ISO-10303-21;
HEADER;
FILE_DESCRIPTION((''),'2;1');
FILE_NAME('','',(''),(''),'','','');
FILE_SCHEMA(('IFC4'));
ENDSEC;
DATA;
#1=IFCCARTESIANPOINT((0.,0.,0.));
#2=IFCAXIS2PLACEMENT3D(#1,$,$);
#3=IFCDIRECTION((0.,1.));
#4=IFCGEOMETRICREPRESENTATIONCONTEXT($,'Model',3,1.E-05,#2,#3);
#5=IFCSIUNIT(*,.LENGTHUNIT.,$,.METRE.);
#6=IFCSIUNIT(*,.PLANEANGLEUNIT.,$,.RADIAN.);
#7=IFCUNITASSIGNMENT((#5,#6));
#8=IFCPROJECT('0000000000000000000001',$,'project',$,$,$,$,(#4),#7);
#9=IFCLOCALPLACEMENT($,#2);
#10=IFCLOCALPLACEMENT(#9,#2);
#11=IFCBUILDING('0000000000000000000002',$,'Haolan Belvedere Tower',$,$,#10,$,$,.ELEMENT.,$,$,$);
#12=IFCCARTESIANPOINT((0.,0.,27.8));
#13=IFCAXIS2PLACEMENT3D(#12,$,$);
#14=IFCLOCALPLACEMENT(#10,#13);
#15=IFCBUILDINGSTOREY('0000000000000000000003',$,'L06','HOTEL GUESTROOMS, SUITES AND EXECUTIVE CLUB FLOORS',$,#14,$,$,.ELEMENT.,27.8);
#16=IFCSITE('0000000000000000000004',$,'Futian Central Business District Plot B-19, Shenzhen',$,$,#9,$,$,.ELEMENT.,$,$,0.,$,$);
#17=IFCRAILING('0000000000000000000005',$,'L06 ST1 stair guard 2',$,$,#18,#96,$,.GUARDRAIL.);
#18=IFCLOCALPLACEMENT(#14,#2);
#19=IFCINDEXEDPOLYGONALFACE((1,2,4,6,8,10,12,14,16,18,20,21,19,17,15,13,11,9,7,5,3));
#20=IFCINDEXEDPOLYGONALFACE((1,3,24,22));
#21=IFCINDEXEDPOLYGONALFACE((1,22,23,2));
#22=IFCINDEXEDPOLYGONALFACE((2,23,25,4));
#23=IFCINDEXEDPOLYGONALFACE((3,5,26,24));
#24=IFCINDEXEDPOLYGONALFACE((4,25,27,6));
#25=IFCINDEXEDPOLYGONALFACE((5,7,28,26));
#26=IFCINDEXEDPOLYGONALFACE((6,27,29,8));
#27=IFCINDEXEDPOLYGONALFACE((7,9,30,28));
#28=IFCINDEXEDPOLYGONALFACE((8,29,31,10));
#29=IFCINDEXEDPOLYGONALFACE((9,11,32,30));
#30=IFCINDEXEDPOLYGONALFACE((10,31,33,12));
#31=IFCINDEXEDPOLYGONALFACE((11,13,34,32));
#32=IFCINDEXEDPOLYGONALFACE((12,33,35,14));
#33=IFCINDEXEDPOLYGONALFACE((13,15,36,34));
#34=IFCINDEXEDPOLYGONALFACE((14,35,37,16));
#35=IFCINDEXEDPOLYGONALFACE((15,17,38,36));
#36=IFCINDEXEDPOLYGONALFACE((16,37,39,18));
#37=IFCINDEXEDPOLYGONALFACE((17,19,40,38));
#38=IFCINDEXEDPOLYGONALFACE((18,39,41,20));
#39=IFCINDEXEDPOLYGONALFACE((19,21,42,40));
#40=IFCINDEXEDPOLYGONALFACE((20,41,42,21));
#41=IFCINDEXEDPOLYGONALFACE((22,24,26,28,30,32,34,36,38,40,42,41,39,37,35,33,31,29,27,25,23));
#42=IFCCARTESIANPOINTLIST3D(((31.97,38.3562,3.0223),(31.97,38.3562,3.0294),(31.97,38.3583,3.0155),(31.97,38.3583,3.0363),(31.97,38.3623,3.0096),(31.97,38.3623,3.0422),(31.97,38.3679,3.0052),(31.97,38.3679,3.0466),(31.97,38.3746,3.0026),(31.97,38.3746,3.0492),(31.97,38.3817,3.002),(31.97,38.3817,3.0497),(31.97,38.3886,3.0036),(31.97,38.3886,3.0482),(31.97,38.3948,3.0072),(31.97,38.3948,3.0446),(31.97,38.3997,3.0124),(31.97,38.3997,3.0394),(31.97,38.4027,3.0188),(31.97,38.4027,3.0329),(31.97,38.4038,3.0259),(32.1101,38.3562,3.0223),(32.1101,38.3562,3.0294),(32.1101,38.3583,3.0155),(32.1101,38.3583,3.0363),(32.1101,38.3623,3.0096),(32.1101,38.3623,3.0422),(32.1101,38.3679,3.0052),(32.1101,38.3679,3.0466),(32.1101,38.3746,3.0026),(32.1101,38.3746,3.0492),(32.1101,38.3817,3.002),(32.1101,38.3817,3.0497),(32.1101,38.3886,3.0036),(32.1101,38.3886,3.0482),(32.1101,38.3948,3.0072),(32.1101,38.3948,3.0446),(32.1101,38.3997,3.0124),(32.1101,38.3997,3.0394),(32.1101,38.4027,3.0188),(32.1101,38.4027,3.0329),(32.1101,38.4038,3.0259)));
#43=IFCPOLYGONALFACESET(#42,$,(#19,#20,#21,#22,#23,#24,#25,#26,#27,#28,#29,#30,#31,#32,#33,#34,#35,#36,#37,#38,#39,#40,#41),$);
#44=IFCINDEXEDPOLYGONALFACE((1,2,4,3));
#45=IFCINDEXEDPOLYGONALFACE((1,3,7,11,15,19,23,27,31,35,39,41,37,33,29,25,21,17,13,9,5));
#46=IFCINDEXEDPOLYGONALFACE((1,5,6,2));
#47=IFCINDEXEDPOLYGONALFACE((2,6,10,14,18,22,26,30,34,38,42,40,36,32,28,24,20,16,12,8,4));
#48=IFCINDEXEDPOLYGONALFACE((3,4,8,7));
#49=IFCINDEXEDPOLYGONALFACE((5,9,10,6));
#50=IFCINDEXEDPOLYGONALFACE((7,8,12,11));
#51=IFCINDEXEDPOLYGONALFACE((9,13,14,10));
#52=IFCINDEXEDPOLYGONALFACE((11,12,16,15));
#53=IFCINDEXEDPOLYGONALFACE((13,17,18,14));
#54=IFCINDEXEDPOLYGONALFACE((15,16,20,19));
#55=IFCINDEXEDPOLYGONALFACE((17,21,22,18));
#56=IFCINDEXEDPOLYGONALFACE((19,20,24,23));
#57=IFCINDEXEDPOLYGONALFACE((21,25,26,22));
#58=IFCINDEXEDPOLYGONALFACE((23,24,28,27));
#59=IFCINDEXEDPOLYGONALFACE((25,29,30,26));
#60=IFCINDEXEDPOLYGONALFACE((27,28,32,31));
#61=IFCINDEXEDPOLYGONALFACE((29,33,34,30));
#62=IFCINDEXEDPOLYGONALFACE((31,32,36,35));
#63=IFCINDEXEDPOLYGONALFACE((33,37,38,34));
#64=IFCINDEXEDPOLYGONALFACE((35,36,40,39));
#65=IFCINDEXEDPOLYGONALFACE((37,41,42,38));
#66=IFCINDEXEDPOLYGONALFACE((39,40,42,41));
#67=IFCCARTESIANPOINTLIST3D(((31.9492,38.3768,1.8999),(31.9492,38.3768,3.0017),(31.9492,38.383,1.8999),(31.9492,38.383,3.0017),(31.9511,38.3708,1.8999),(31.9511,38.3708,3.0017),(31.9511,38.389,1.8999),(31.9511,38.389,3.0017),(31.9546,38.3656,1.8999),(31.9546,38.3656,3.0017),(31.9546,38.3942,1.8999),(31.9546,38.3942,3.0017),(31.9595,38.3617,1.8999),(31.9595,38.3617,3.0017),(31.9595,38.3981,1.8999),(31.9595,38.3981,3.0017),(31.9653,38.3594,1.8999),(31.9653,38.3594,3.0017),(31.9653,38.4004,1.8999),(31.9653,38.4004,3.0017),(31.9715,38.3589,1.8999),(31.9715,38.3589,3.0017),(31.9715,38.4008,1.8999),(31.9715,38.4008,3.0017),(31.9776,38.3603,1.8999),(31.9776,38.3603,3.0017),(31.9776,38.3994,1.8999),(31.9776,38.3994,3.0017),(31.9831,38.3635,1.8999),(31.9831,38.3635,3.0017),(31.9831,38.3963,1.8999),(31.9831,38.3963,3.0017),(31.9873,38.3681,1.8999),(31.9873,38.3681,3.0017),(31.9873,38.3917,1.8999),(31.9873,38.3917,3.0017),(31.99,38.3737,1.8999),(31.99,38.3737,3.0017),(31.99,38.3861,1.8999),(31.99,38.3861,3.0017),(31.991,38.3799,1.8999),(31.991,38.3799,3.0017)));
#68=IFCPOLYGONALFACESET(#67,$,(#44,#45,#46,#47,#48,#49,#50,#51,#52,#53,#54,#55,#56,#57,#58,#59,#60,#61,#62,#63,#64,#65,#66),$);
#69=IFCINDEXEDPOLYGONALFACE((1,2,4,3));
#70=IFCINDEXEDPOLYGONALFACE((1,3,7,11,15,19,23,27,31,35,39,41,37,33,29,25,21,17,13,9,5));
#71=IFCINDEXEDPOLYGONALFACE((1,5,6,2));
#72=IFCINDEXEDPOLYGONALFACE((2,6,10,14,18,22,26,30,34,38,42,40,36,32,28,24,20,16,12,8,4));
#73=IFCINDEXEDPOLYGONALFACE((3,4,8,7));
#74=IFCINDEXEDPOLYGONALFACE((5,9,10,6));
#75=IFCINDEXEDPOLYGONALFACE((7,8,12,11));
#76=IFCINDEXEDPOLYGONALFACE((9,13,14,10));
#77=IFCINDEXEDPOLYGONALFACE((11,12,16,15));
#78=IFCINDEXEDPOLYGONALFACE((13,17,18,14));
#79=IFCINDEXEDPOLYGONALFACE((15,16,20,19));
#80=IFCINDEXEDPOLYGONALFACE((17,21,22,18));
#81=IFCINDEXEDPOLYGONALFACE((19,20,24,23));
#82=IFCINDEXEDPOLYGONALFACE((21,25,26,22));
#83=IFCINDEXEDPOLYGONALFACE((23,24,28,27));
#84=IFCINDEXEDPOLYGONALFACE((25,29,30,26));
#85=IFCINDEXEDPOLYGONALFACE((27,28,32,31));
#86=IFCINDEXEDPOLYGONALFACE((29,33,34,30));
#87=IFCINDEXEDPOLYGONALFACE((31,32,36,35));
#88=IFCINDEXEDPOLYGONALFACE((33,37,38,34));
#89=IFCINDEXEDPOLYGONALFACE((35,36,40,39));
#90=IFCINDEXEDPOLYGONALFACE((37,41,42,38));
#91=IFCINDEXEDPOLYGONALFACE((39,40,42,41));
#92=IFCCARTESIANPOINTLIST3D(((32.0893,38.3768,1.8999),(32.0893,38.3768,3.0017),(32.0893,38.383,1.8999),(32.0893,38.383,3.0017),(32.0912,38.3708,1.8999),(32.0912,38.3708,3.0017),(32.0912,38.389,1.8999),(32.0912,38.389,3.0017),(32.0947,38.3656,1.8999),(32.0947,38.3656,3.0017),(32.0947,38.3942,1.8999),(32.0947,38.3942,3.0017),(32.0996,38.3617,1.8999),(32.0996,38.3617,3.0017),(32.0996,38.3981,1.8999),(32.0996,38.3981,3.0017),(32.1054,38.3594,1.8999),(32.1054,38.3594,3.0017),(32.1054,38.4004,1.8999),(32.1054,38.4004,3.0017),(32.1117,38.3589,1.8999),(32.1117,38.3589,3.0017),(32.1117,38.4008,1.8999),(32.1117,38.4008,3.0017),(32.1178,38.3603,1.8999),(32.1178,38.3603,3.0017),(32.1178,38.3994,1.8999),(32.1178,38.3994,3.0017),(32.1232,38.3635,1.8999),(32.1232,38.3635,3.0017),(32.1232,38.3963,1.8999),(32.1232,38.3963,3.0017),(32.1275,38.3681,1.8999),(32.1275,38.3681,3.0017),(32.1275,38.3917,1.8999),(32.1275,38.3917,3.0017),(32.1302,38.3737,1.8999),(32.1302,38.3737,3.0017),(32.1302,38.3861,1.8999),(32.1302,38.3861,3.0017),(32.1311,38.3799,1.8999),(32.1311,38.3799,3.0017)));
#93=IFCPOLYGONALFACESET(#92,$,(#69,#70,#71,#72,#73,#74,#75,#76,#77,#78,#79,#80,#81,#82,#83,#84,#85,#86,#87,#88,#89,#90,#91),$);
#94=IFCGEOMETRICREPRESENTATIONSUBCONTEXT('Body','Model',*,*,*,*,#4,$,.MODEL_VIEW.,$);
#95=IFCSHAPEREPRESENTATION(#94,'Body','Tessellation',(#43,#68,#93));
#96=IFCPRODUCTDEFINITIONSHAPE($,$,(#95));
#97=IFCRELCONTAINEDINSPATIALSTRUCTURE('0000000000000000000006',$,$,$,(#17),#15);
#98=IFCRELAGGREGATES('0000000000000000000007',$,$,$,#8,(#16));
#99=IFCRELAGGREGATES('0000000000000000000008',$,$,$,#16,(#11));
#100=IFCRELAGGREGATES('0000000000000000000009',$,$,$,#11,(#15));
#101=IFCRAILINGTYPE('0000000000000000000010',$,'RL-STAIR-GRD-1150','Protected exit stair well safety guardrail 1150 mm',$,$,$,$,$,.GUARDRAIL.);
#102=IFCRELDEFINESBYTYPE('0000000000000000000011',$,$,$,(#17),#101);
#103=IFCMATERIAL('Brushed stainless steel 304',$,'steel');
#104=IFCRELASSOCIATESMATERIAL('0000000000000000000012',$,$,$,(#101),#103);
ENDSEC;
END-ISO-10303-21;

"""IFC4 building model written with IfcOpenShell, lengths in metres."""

from ifc_helpers import new_model, si_unit, direction, frame, origin, origin_2d, place, context, subcontext, project, spatial, circle, extrude, material, type_object, element, save


model = new_model("IFC4")

# Units and contexts
model_context = context("Model", 3, precision=1e-05, world=origin(), true_north=direction((0.0, 1.0)))
body_context = subcontext(model_context, "Body", "Model", "MODEL_VIEW")
ifc_project = project(units=[si_unit("LENGTHUNIT", "METRE"), si_unit("PLANEANGLEUNIT", "RADIAN")], contexts=[model_context])

# Site, building, storey
site_placement = place(None, origin())
site = spatial("IfcSite", under=ifc_project, at=site_placement, Name="Futian Central Business District Plot B-19, Shenzhen", CompositionType="ELEMENT", RefElevation=0.0)
building_placement = place(site_placement, origin())
building = spatial("IfcBuilding", under=site, at=building_placement, Name="Haolan Belvedere Tower", CompositionType="ELEMENT")
storey_placement = place(building_placement, frame((0.0, 0.0, 27.8)))
storey = spatial("IfcBuildingStorey", under=building, at=storey_placement, Name="L06", Description="HOTEL GUESTROOMS, SUITES AND EXECUTIVE CLUB FLOORS", CompositionType="ELEMENT", Elevation=27.8)

# Railing
ifc_material_1 = material(Name="Brushed stainless steel 304", Category="steel")
railing_type_1 = type_object("IfcRailingType", Name="RL-STAIR-GRD-1150", Description="Protected exit stair well safety guardrail 1150 mm", PredefinedType="GUARDRAIL", material=ifc_material_1)
railing_1_placement = place(storey_placement, frame((31.97, 38.3799, 1.8999)))
element("IfcRailing", 1, at=railing_1_placement, inside=storey, type_object=railing_type_1, Name="L06 ST1 stair guard 2", PredefinedType="GUARDRAIL", context=body_context, shape_type="SweptSolid", body=[
    extrude(circle(Radius=0.0239, at=origin_2d()), frame((0.0, 0.0, 1.126), z_axis=(1.0, 0.0, 0.0), x_axis=(0.0, 1.0, 0.0)), (0.0, 0.0, 1.0), 0.1401),
    extrude(circle(Radius=0.021, at=origin_2d()), origin(), (0.0, 0.0, 1.0), 1.1018),
    extrude(circle(Radius=0.021, at=origin_2d()), frame((0.1401, 0.0, 0.0)), (0.0, 0.0, 1.0), 1.1018),
])

save(model, "model.ifc")
